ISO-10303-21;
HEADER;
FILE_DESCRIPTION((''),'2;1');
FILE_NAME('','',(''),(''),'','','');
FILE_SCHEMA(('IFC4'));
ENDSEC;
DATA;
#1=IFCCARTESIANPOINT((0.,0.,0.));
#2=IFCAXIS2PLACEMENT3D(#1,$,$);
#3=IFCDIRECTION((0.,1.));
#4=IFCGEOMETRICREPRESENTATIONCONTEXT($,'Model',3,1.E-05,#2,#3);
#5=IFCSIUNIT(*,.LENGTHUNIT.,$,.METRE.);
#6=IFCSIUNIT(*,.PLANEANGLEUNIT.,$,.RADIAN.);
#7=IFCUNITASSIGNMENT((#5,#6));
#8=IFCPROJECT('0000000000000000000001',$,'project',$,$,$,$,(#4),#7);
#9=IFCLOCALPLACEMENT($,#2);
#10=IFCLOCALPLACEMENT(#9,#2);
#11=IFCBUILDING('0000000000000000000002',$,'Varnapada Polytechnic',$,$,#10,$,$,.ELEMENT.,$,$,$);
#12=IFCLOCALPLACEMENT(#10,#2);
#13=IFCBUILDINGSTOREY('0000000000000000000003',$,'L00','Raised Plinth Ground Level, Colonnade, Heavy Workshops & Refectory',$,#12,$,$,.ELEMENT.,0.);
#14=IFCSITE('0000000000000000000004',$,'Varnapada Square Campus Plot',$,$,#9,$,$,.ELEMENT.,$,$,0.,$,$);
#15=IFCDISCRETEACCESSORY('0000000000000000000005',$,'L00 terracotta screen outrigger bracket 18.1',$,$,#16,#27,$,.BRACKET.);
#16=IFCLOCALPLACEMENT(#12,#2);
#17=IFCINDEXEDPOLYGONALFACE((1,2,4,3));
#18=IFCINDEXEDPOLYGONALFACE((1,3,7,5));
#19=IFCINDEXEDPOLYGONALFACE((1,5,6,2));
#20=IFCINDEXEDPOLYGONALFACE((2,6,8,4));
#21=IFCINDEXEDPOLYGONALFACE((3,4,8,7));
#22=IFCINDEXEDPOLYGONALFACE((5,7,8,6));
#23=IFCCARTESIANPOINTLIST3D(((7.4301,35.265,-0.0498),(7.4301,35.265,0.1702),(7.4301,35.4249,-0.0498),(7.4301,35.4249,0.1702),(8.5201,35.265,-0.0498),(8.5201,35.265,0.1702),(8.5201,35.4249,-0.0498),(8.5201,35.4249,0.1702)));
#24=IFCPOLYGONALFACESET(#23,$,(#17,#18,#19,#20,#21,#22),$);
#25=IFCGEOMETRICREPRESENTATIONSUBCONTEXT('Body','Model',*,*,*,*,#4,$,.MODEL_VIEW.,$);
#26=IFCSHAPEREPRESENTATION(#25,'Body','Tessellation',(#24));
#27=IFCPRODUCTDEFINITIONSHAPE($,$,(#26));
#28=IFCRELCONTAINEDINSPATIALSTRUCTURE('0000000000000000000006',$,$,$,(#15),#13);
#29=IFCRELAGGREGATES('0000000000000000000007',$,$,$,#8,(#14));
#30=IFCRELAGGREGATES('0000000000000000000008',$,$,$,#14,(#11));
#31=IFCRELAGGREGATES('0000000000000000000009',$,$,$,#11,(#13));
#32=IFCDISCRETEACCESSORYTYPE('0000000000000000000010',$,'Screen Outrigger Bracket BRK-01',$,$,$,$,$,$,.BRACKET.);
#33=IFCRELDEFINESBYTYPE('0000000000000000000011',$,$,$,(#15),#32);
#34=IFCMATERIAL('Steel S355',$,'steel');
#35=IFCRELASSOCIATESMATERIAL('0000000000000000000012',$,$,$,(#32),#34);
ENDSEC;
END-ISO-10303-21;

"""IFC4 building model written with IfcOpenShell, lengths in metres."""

from ifc_helpers import new_model, si_unit, direction, frame, origin, origin_2d, place, context, subcontext, project, spatial, rectangle, extrude, material, type_object, element, save


model = new_model("IFC4")

# Units and contexts
model_context = context("Model", 3, precision=1e-05, world=origin(), true_north=direction((0.0, 1.0)))
body_context = subcontext(model_context, "Body", "Model", "MODEL_VIEW")
ifc_project = project(units=[si_unit("LENGTHUNIT", "METRE"), si_unit("PLANEANGLEUNIT", "RADIAN")], contexts=[model_context])

# Site, building, storey
site_placement = place(None, origin())
site = spatial("IfcSite", under=ifc_project, at=site_placement, Name="Varnapada Square Campus Plot", CompositionType="ELEMENT", RefElevation=0.0)
building_placement = place(site_placement, origin())
building = spatial("IfcBuilding", under=site, at=building_placement, Name="Varnapada Polytechnic", CompositionType="ELEMENT")
storey_placement = place(building_placement, origin())
storey = spatial("IfcBuildingStorey", under=building, at=storey_placement, Name="L00", Description="Raised Plinth Ground Level, Colonnade, Heavy Workshops & Refectory", CompositionType="ELEMENT", Elevation=0.0)

# Discrete accessory
ifc_material_1 = material(Name="Steel S355", Category="steel")
discrete_accessory_type = type_object("IfcDiscreteAccessoryType", Name="Screen Outrigger Bracket BRK-01", PredefinedType="BRACKET", material=ifc_material_1)
discrete_accessory_placement = place(storey_placement, frame((7.9751, 35.345, -0.0498), z_axis=(0.0, 0.0, 1.0), x_axis=(0.0, 1.0, 0.0)))
element("IfcDiscreteAccessory", 1, at=discrete_accessory_placement, inside=storey, type_object=discrete_accessory_type, Name="L00 terracotta screen outrigger bracket 18.1", PredefinedType="BRACKET", context=body_context, shape_type="SweptSolid", body=[
    extrude(rectangle(XDim=0.1599, YDim=1.0901, at=origin_2d()), origin(), (0.0, 0.0, 1.0), 0.22),
])

save(model, "model.ifc")
